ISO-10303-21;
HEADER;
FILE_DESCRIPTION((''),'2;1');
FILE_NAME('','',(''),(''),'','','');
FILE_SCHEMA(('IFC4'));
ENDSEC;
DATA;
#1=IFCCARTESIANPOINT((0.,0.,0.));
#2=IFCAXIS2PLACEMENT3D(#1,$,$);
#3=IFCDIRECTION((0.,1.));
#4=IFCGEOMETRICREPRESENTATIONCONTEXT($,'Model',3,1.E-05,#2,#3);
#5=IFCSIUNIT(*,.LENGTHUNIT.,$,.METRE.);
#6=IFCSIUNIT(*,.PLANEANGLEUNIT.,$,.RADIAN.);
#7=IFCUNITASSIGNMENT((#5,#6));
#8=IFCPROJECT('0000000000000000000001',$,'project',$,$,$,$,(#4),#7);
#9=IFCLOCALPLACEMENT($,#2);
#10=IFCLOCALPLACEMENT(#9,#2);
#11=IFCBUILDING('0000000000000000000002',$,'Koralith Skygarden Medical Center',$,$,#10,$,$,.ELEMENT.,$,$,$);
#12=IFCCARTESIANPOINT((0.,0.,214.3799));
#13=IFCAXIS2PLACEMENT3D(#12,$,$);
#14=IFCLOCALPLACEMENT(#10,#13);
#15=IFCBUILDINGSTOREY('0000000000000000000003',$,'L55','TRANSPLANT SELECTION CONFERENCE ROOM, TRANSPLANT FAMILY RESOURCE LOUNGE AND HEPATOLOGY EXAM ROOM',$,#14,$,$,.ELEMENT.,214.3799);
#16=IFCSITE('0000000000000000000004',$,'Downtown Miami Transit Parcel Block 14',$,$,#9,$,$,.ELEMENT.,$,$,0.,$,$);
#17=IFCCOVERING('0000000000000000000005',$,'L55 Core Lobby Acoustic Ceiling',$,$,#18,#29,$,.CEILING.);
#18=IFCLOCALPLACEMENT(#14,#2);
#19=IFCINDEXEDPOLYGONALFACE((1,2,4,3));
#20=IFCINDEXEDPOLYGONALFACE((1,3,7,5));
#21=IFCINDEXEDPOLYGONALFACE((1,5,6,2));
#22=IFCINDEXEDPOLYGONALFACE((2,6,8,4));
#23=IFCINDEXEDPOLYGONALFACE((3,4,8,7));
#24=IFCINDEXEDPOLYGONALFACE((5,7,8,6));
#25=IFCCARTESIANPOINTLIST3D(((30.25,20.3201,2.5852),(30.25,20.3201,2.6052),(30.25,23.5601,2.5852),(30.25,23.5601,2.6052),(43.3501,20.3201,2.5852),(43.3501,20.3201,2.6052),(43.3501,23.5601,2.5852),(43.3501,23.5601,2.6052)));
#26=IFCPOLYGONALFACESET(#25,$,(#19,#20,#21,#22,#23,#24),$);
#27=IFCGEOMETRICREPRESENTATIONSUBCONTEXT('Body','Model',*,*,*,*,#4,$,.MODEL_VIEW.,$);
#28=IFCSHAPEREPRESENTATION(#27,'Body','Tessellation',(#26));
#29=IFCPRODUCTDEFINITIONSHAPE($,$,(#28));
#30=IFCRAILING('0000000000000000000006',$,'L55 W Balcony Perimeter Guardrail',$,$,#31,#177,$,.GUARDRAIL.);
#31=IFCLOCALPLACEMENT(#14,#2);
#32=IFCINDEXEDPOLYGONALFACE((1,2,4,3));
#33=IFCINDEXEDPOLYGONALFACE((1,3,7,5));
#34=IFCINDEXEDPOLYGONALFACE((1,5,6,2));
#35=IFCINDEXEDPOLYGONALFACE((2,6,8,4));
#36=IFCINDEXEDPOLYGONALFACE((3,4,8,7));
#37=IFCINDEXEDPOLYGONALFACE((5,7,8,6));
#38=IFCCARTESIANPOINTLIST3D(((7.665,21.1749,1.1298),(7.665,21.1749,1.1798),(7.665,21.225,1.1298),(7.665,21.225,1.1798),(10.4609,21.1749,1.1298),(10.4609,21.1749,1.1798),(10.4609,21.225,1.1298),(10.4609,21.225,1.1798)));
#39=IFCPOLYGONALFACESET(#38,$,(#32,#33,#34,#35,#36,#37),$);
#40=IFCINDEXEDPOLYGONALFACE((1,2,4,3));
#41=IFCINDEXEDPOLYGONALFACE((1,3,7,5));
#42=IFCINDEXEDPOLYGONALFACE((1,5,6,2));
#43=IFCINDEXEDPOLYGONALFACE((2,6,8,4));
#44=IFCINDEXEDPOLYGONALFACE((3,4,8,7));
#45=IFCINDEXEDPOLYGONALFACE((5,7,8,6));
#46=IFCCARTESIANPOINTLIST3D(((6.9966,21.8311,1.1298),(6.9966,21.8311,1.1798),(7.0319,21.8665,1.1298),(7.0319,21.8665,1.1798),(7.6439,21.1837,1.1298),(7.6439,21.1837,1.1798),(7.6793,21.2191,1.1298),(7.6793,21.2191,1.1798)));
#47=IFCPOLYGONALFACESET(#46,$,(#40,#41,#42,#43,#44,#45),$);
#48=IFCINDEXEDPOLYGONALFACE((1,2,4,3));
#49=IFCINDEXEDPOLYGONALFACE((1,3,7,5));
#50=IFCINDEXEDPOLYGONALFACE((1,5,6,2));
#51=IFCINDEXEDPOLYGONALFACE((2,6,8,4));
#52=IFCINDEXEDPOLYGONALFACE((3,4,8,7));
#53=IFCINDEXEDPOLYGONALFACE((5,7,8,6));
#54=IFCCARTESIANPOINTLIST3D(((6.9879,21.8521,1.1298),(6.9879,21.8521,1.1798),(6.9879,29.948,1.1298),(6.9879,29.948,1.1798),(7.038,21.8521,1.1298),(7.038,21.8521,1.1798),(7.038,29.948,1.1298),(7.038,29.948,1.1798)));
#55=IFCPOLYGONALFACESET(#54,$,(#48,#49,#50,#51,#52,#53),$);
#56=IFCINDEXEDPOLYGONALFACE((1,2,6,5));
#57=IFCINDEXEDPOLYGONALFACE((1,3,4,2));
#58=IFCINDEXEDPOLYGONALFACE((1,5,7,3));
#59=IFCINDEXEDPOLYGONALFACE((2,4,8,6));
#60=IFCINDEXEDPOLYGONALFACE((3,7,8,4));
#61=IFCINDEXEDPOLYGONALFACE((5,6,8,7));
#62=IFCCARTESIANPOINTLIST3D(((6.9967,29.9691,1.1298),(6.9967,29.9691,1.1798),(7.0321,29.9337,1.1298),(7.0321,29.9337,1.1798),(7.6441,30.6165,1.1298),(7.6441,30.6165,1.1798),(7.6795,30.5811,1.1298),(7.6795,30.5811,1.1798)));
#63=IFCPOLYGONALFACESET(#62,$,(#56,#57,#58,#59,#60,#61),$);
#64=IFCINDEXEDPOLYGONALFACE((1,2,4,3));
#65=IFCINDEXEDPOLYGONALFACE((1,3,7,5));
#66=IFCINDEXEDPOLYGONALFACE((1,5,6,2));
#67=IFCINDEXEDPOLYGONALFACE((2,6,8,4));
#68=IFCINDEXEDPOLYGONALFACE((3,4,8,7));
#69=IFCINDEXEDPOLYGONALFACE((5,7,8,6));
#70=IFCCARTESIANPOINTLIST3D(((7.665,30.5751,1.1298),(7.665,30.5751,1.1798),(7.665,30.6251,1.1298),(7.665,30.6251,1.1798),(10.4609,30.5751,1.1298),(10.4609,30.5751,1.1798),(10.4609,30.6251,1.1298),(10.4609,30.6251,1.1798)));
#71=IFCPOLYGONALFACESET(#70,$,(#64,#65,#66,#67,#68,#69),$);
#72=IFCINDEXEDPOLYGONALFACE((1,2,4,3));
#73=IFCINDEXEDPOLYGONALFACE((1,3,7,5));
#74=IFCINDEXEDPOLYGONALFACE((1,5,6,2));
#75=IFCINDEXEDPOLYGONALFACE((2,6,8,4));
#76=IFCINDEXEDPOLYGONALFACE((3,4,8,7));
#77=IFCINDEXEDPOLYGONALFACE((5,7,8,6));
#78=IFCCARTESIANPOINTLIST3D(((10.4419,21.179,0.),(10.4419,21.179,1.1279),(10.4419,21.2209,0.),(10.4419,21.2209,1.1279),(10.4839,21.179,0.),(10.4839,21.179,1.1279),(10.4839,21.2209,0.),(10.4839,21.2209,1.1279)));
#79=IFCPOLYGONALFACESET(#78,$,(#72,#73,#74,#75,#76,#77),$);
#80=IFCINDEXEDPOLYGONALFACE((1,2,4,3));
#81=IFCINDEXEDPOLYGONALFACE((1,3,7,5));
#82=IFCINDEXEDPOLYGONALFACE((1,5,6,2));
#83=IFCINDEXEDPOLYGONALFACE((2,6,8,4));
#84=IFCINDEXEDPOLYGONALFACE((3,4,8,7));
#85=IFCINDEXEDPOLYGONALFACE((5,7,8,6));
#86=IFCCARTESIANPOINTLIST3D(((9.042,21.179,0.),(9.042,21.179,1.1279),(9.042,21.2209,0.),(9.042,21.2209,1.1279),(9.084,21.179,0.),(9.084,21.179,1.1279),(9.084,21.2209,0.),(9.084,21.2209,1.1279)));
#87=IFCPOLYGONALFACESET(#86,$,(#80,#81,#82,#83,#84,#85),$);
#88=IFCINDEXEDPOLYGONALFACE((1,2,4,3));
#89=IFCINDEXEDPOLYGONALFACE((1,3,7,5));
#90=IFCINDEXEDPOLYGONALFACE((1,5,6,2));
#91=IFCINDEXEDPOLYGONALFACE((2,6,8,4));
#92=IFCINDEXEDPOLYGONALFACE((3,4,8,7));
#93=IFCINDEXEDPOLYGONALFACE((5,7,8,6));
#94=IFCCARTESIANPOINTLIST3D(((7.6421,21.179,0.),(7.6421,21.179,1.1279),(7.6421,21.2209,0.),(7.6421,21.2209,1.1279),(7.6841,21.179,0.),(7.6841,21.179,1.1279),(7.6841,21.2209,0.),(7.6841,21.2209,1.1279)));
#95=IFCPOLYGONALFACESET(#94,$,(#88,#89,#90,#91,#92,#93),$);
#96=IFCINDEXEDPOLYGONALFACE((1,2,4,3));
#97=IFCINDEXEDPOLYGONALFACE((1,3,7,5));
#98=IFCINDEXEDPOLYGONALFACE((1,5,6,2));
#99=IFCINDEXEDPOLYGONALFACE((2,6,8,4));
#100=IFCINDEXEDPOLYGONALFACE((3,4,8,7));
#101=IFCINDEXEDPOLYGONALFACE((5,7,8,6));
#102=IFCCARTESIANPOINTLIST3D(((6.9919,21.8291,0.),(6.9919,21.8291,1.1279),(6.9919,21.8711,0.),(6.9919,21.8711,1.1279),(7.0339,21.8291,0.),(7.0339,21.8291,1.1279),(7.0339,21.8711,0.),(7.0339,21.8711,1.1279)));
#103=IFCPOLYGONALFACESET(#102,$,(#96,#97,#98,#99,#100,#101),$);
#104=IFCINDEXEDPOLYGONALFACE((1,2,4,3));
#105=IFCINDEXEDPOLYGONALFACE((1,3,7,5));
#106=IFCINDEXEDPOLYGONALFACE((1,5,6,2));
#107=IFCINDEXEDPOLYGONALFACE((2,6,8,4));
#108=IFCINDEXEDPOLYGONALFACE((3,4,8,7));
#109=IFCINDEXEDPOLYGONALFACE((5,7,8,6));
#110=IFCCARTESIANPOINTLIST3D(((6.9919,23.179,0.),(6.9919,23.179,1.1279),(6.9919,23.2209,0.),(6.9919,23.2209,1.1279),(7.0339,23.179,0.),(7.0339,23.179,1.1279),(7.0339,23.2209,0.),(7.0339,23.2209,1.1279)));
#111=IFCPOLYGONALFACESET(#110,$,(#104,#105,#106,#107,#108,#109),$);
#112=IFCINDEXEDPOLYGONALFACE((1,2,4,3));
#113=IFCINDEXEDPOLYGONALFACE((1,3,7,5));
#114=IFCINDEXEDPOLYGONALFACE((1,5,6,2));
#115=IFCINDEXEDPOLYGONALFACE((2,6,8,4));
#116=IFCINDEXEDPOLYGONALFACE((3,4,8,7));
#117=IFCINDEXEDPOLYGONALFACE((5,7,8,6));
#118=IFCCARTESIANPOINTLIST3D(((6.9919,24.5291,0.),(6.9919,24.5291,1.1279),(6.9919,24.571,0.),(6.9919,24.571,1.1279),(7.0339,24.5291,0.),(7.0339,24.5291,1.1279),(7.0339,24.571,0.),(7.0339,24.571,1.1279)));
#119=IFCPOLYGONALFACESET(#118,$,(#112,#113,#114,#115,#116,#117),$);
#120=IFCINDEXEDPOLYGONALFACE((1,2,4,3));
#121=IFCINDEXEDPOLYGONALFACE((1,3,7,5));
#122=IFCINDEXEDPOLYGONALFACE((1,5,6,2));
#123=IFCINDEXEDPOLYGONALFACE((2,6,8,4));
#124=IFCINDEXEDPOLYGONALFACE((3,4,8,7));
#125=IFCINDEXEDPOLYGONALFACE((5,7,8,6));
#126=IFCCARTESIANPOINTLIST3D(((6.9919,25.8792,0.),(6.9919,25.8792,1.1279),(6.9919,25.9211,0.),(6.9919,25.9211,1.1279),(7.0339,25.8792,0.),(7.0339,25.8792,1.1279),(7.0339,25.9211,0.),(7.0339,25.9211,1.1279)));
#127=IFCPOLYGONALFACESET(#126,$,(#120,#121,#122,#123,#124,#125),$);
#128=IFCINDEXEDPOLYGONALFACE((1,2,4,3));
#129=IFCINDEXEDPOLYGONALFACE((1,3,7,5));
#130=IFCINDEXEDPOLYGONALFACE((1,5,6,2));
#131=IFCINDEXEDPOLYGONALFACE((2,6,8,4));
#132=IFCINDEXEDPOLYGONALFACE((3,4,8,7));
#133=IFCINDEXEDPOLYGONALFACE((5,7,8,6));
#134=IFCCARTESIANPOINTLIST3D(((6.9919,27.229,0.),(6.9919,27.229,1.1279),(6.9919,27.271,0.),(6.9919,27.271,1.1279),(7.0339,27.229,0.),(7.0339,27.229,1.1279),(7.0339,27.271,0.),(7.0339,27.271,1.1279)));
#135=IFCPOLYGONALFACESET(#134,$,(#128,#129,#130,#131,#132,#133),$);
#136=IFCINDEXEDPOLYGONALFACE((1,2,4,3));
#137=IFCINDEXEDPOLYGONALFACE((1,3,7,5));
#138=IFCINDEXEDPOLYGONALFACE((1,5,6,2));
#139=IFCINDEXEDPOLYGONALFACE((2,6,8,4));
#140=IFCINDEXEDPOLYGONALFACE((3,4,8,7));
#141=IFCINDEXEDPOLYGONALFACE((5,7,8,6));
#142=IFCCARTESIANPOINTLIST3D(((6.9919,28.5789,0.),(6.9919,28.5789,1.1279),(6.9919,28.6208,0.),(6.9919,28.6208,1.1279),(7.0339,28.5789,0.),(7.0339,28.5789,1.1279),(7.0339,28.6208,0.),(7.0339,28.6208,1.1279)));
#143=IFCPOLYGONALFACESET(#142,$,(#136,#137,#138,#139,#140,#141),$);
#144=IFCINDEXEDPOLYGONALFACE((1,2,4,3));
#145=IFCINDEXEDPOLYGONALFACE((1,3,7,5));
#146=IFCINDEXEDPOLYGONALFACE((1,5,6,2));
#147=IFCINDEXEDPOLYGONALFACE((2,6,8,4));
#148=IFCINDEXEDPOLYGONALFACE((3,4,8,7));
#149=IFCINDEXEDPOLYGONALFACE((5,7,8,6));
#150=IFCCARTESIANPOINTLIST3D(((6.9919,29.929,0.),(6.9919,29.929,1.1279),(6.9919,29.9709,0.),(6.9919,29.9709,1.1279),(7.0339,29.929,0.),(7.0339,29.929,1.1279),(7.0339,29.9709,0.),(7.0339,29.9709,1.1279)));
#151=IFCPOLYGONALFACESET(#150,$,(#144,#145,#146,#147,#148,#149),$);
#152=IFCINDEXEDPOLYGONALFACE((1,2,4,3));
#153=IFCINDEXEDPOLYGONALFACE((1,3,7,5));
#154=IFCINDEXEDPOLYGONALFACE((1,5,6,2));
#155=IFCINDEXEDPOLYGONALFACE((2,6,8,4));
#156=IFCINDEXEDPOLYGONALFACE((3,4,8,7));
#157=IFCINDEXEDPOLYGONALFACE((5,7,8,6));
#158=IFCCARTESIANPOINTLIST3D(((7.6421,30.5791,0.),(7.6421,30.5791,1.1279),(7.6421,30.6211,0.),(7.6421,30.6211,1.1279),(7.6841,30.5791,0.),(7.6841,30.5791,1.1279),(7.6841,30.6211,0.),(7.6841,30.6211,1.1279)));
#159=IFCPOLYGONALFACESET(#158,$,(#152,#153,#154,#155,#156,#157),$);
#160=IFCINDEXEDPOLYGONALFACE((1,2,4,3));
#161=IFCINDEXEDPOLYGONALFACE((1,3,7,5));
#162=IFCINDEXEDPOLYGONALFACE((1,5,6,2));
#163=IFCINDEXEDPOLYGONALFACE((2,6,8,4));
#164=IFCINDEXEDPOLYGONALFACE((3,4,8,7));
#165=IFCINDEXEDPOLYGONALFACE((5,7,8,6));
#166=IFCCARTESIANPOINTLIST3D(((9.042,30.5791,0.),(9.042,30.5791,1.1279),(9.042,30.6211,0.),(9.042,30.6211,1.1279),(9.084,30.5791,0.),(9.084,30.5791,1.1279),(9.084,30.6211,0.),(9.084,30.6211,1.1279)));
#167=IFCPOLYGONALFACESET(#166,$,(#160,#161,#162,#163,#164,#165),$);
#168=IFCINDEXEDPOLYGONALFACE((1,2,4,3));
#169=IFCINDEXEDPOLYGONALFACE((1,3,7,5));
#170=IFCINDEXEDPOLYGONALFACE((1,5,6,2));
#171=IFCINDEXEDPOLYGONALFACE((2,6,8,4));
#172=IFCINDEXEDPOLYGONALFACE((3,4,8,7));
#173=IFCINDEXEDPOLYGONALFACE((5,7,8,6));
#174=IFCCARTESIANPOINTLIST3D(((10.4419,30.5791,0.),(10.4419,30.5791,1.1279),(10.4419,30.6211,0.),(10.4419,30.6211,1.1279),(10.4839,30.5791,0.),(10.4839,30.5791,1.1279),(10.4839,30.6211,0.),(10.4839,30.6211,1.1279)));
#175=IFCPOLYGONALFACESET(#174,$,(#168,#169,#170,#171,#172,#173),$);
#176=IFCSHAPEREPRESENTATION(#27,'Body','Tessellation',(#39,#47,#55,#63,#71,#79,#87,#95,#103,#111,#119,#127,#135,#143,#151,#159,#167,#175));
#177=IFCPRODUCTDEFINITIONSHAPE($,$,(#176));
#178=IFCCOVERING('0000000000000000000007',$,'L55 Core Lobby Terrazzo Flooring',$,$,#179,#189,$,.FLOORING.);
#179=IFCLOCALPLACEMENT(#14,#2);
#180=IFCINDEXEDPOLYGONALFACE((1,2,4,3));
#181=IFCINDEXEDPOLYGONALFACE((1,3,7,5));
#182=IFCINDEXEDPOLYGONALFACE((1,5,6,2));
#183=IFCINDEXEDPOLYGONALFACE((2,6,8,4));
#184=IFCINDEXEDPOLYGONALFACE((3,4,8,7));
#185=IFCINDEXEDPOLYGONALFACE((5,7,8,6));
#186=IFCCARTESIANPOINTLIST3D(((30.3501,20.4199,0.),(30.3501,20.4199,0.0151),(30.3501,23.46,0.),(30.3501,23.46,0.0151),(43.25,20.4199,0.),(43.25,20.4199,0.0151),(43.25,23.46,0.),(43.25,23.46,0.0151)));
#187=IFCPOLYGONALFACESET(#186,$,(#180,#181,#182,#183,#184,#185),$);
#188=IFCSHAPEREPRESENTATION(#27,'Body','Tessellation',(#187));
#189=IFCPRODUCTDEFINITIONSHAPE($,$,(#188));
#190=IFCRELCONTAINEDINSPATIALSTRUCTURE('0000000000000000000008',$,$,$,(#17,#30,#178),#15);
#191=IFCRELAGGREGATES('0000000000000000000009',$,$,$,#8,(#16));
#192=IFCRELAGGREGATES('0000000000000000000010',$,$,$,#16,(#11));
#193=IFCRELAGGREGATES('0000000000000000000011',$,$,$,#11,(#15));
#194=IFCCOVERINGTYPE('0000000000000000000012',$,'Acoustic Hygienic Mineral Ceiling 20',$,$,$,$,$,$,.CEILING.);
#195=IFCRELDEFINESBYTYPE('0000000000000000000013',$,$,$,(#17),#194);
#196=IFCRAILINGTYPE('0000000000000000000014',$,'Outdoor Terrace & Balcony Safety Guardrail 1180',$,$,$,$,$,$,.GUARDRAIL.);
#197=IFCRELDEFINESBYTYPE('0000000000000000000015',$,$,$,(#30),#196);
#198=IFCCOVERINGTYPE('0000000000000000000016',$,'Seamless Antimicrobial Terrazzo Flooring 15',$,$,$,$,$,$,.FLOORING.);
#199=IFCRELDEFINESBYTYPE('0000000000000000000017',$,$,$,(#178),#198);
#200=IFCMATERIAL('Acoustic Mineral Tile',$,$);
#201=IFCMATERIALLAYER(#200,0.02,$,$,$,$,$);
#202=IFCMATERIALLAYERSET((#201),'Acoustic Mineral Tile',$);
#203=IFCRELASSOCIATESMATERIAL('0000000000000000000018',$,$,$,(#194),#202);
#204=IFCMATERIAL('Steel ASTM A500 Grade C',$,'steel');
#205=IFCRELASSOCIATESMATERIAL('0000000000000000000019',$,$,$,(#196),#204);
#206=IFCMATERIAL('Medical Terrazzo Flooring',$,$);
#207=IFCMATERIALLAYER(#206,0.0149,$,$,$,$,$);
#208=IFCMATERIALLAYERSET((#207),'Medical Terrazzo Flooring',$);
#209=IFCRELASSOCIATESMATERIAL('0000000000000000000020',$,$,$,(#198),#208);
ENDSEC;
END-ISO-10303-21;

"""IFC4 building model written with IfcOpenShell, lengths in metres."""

from ifc_helpers import new_model, si_unit, direction, frame, origin, origin_2d, place, context, subcontext, project, spatial, polyline, rectangle, outline, extrude, material, layer, layer_set, type_object, element, save


model = new_model("IFC4")

# Units and contexts
model_context = context("Model", 3, precision=1e-05, world=origin(), true_north=direction((0.0, 1.0)))
body_context = subcontext(model_context, "Body", "Model", "MODEL_VIEW")
ifc_project = project(units=[si_unit("LENGTHUNIT", "METRE"), si_unit("PLANEANGLEUNIT", "RADIAN")], contexts=[model_context])

# Site, building, storey
site_placement = place(None, origin())
site = spatial("IfcSite", under=ifc_project, at=site_placement, Name="Downtown Miami Transit Parcel Block 14", CompositionType="ELEMENT", RefElevation=0.0)
building_placement = place(site_placement, origin())
building = spatial("IfcBuilding", under=site, at=building_placement, Name="Koralith Skygarden Medical Center", CompositionType="ELEMENT")
storey_placement = place(building_placement, frame((0.0, 0.0, 214.3799)))
storey = spatial("IfcBuildingStorey", under=building, at=storey_placement, Name="L55", Description="TRANSPLANT SELECTION CONFERENCE ROOM, TRANSPLANT FAMILY RESOURCE LOUNGE AND HEPATOLOGY EXAM ROOM", CompositionType="ELEMENT", Elevation=214.3799)

# Covering
ifc_material_1 = material(Name="Acoustic Mineral Tile")
ifc_layer_1 = layer(ifc_material_1, 0.02)
ifc_layer_set_1 = layer_set([ifc_layer_1], Name="Acoustic Mineral Tile")
covering_type_1 = type_object("IfcCoveringType", Name="Acoustic Hygienic Mineral Ceiling 20", PredefinedType="CEILING", material=ifc_layer_set_1)
covering_1_placement = place(storey_placement, frame((0.0, 0.0, 2.5852)))
element("IfcCovering", 1, at=covering_1_placement, inside=storey, type_object=covering_type_1, Name="L55 Core Lobby Acoustic Ceiling", PredefinedType="CEILING", context=body_context, shape_type="SweptSolid", body=[
    extrude(outline(polyline([(30.25, 20.3201), (43.3501, 20.3201), (43.3501, 23.5601), (30.25, 23.5601), (30.25, 20.3201)])), origin(), (0.0, 0.0, 1.0), 0.02),
])

# Railing
ifc_material_2 = material(Name="Steel ASTM A500 Grade C", Category="steel")
railing_type = type_object("IfcRailingType", Name="Outdoor Terrace & Balcony Safety Guardrail 1180", PredefinedType="GUARDRAIL", material=ifc_material_2)
railing_placement = place(storey_placement, frame((10.4629, 21.2, 0.0)))
element("IfcRailing", 2, at=railing_placement, inside=storey, type_object=railing_type, Name="L55 W Balcony Perimeter Guardrail", PredefinedType="GUARDRAIL", context=body_context, shape_type="SweptSolid", body=[
    extrude(rectangle(XDim=0.05, YDim=0.05, at=origin_2d()), frame((-0.002, 0.0, 1.1548), z_axis=(-1.0, 0.0, 0.0), x_axis=(0.0, -1.0, 0.0)), (0.0, 0.0, 1.0), 2.7959),
    extrude(rectangle(XDim=0.05, YDim=0.05, at=origin_2d()), frame((-2.8013, 0.0015, 1.1548), z_axis=(-0.707107, 0.707107, 0.0), x_axis=(-0.707107, -0.707107, 0.0)), (0.0, 0.0, 1.0), 0.9155),
    extrude(rectangle(XDim=0.05, YDim=0.05, at=origin_2d()), frame((-3.45, 0.6521, 1.1548), z_axis=(0.0, 1.0, 0.0), x_axis=(-1.0, 0.0, 0.0)), (0.0, 0.0, 1.0), 8.0959),
    extrude(rectangle(XDim=0.05, YDim=0.05, at=origin_2d()), frame((-3.4485, 8.7515, 1.1548), z_axis=(0.707107, 0.707107, 0.0), x_axis=(-0.707107, 0.707107, 0.0)), (0.0, 0.0, 1.0), 0.9155),
    extrude(rectangle(XDim=0.05, YDim=0.05, at=origin_2d()), frame((-2.7979, 9.4001, 1.1548), z_axis=(1.0, 0.0, 0.0), x_axis=(0.0, 1.0, 0.0)), (0.0, 0.0, 1.0), 2.7959),
    extrude(rectangle(XDim=0.042, YDim=0.042, at=origin_2d()), origin(), (0.0, 0.0, 1.0), 1.1279),
    extrude(rectangle(XDim=0.042, YDim=0.042, at=origin_2d()), frame((-1.3999, 0.0, 0.0)), (0.0, 0.0, 1.0), 1.1279),
    extrude(rectangle(XDim=0.042, YDim=0.042, at=origin_2d()), frame((-2.7998, 0.0, 0.0)), (0.0, 0.0, 1.0), 1.1279),
    extrude(rectangle(XDim=0.042, YDim=0.042, at=origin_2d()), frame((-3.45, 0.6501, 0.0)), (0.0, 0.0, 1.0), 1.1279),
    extrude(rectangle(XDim=0.042, YDim=0.042, at=origin_2d()), frame((-3.45, 2.0, 0.0)), (0.0, 0.0, 1.0), 1.1279),
    extrude(rectangle(XDim=0.042, YDim=0.042, at=origin_2d()), frame((-3.45, 3.3501, 0.0)), (0.0, 0.0, 1.0), 1.1279),
    extrude(rectangle(XDim=0.042, YDim=0.042, at=origin_2d()), frame((-3.45, 4.7002, 0.0)), (0.0, 0.0, 1.0), 1.1279),
    extrude(rectangle(XDim=0.042, YDim=0.042, at=origin_2d()), frame((-3.45, 6.05, 0.0)), (0.0, 0.0, 1.0), 1.1279),
    extrude(rectangle(XDim=0.042, YDim=0.042, at=origin_2d()), frame((-3.45, 7.3999, 0.0)), (0.0, 0.0, 1.0), 1.1279),
    extrude(rectangle(XDim=0.042, YDim=0.042, at=origin_2d()), frame((-3.45, 8.75, 0.0)), (0.0, 0.0, 1.0), 1.1279),
    extrude(rectangle(XDim=0.042, YDim=0.042, at=origin_2d()), frame((-2.7998, 9.4001, 0.0)), (0.0, 0.0, 1.0), 1.1279),
    extrude(rectangle(XDim=0.042, YDim=0.042, at=origin_2d()), frame((-1.3999, 9.4001, 0.0)), (0.0, 0.0, 1.0), 1.1279),
    extrude(rectangle(XDim=0.042, YDim=0.042, at=origin_2d()), frame((0.0, 9.4001, 0.0)), (0.0, 0.0, 1.0), 1.1279),
])

# Covering
ifc_material_3 = material(Name="Medical Terrazzo Flooring")
ifc_layer_2 = layer(ifc_material_3, 0.0149)
ifc_layer_set_2 = layer_set([ifc_layer_2], Name="Medical Terrazzo Flooring")
covering_type_2 = type_object("IfcCoveringType", Name="Seamless Antimicrobial Terrazzo Flooring 15", PredefinedType="FLOORING", material=ifc_layer_set_2)
covering_2_placement = place(storey_placement, origin())
element("IfcCovering", 3, at=covering_2_placement, inside=storey, type_object=covering_type_2, Name="L55 Core Lobby Terrazzo Flooring", PredefinedType="FLOORING", context=body_context, shape_type="SweptSolid", body=[
    extrude(outline(polyline([(30.3501, 20.4199), (43.25, 20.4199), (43.25, 23.46), (30.3501, 23.46), (30.3501, 20.4199)])), origin(), (0.0, 0.0, 1.0), 0.0151),
])

save(model, "model.ifc")
